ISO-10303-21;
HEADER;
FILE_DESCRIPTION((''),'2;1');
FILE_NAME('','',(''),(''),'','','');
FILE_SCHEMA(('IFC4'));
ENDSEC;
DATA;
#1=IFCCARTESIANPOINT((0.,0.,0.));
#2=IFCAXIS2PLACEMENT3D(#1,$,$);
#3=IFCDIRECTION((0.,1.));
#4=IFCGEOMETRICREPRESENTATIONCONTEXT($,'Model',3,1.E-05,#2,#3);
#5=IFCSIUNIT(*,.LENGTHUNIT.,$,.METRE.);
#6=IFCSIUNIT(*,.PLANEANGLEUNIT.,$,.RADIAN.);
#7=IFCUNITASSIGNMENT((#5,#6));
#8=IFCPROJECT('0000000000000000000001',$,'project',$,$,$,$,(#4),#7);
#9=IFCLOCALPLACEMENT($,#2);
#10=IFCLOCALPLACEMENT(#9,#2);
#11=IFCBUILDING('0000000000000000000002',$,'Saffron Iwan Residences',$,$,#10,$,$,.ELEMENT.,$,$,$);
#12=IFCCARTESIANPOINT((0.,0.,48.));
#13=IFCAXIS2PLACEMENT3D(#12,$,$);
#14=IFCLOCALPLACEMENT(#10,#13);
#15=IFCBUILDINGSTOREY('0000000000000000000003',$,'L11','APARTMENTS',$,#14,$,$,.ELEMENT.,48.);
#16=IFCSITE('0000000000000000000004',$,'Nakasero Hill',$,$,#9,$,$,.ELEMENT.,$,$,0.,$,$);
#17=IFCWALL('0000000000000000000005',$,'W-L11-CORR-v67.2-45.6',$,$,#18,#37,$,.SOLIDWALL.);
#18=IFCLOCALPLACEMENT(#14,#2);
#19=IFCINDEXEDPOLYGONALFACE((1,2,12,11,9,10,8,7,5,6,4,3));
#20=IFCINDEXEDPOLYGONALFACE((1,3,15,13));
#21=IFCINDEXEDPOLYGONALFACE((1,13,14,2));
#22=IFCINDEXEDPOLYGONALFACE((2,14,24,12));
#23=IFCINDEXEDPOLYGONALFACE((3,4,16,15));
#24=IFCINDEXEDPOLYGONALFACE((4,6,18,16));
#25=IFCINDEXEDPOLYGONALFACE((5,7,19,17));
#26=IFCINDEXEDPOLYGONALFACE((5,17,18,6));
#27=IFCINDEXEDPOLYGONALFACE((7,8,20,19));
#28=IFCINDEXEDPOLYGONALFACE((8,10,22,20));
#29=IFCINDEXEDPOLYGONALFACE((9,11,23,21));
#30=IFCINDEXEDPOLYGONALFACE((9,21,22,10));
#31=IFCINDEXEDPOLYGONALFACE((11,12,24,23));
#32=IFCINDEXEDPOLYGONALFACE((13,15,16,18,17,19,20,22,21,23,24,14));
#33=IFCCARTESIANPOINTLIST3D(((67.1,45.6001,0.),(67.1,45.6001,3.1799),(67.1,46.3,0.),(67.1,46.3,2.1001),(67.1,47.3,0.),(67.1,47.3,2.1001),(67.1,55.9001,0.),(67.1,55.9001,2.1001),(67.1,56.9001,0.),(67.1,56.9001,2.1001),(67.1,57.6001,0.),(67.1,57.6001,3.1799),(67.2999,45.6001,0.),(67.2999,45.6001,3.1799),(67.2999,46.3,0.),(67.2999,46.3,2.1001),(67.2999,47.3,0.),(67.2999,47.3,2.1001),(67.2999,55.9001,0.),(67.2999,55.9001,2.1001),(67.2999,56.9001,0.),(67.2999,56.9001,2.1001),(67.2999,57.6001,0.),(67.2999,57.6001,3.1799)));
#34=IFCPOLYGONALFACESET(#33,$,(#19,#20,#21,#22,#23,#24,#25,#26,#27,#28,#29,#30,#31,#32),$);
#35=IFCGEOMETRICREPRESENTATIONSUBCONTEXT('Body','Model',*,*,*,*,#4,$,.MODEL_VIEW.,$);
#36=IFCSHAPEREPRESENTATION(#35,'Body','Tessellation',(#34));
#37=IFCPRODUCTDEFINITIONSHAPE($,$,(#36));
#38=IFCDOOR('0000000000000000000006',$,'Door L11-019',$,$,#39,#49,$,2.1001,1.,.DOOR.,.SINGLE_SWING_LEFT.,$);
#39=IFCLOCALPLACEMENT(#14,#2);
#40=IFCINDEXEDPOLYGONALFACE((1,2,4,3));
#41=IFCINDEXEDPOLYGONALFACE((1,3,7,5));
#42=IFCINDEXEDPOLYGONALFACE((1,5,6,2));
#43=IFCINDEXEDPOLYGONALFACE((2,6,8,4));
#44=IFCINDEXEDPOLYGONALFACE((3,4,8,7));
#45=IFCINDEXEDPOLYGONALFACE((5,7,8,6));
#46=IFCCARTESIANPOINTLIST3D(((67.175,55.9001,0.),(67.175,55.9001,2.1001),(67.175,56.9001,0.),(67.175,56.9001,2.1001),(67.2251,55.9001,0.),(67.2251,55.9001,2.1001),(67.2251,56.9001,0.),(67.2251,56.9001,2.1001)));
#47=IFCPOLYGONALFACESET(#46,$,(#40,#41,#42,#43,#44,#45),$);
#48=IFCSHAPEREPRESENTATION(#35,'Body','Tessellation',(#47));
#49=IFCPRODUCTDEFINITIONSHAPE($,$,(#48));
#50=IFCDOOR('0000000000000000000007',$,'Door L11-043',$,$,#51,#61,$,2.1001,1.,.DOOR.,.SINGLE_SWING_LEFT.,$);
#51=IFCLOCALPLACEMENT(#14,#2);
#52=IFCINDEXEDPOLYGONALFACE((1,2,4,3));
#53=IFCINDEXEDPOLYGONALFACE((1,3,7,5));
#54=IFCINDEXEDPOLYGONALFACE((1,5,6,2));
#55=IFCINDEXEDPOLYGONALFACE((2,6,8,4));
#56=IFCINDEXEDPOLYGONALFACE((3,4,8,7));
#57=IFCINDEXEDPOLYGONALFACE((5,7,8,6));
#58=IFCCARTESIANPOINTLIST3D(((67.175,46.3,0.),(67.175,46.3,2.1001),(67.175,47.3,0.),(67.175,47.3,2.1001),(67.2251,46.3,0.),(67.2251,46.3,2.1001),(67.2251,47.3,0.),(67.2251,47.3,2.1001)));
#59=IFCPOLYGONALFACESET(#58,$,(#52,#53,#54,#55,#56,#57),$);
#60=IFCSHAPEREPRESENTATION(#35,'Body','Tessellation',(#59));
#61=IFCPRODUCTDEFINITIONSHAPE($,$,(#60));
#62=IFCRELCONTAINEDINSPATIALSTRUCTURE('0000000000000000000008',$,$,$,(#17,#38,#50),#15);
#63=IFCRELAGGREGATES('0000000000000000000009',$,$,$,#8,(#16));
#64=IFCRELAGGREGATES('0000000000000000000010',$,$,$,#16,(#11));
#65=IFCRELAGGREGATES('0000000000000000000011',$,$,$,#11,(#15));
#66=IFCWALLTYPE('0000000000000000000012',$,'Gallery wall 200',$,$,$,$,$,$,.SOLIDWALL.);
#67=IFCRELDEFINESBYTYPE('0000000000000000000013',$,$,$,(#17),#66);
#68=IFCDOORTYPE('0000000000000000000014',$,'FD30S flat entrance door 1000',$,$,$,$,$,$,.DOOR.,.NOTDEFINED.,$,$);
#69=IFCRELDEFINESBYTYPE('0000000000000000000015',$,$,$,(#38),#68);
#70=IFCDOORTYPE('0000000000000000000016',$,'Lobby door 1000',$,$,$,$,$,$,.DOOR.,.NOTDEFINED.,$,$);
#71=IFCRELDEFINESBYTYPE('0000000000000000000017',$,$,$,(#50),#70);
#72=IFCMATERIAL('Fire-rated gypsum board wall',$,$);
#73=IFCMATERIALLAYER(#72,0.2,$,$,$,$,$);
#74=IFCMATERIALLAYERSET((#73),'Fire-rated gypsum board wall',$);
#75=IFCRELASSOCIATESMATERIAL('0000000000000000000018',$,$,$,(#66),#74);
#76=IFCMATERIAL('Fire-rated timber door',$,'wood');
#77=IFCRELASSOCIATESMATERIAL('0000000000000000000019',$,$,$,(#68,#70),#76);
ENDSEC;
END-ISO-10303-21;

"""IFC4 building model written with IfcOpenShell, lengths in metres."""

from ifc_helpers import new_model, si_unit, direction, frame, frame_2d, origin, place, context, subcontext, project, spatial, rectangle, extrude, material, layer, layer_set, type_object, element, fill, save


model = new_model("IFC4")

# Units and contexts
model_context = context("Model", 3, precision=1e-05, world=origin(), true_north=direction((0.0, 1.0)))
body_context = subcontext(model_context, "Body", "Model", "MODEL_VIEW")
ifc_project = project(units=[si_unit("LENGTHUNIT", "METRE"), si_unit("PLANEANGLEUNIT", "RADIAN")], contexts=[model_context])

# Site, building, storey
site_placement = place(None, origin())
site = spatial("IfcSite", under=ifc_project, at=site_placement, Name="Nakasero Hill", CompositionType="ELEMENT", RefElevation=0.0)
building_placement = place(site_placement, origin())
building = spatial("IfcBuilding", under=site, at=building_placement, Name="Saffron Iwan Residences", CompositionType="ELEMENT")
storey_placement = place(building_placement, frame((0.0, 0.0, 48.0)))
storey = spatial("IfcBuildingStorey", under=building, at=storey_placement, Name="L11", Description="APARTMENTS", CompositionType="ELEMENT", Elevation=48.0)

# Shared definitions
ifc_material_1 = material(Name="Fire-rated gypsum board wall")

# Shared definitions
ifc_layer_1 = layer(ifc_material_1, 0.2)
ifc_layer_set_1 = layer_set([ifc_layer_1], Name="Fire-rated gypsum board wall")
wall_type_1 = type_object("IfcWallType", Name="Gallery wall 200", PredefinedType="SOLIDWALL", material=ifc_layer_set_1)

# Wall, openings, doors
wall_1_placement = place(storey_placement, frame((67.2, 45.6001, 0.0), z_axis=(0.0, 0.0, 1.0), x_axis=(0.0, 1.0, 0.0)))
wall_1 = element("IfcWall", 1, at=wall_1_placement, inside=storey, type_object=wall_type_1, Name="W-L11-CORR-v67.2-45.6", PredefinedType="SOLIDWALL", context=body_context, shape_type="SweptSolid", body=[
    extrude(rectangle(XDim=12.0, YDim=0.2, at=frame_2d((6.0, 0.0))), origin(), (0.0, 0.0, 1.0), 3.1799),
])
opening_1_placement = place(wall_1_placement, frame((10.3, 0.0, 0.0)))
opening_1 = element("IfcOpeningElement", 2, at=opening_1_placement, cuts=wall_1, PredefinedType="OPENING", context=body_context, shape_type="SweptSolid", body=[
    extrude(rectangle(XDim=1.0, YDim=2.1001, at=frame_2d((0.5, 1.05))), frame((0.0, 0.1099, 0.0), z_axis=(0.0, -1.0, 0.0), x_axis=(1.0, 0.0, 0.0)), (0.0, 0.0, 1.0), 0.22),
])
opening_2_placement = place(wall_1_placement, frame((0.7, 0.0, 0.0)))
opening_2 = element("IfcOpeningElement", 3, at=opening_2_placement, cuts=wall_1, PredefinedType="OPENING", context=body_context, shape_type="SweptSolid", body=[
    extrude(rectangle(XDim=1.0, YDim=2.1001, at=frame_2d((0.5, 1.05))), frame((0.0, 0.1099, 0.0), z_axis=(0.0, -1.0, 0.0), x_axis=(1.0, 0.0, 0.0)), (0.0, 0.0, 1.0), 0.22),
])
ifc_material_2 = material(Name="Fire-rated timber door", Category="wood")
door_type_1 = type_object("IfcDoorType", Name="FD30S flat entrance door 1000", OperationType="NOTDEFINED", PredefinedType="DOOR", material=ifc_material_2)
door_1_placement = place(opening_1_placement, origin())
door_1 = element("IfcDoor", 4, at=door_1_placement, inside=storey, type_object=door_type_1, Name="Door L11-019", OperationType="SINGLE_SWING_LEFT", OverallHeight=2.1001, OverallWidth=1.0, PredefinedType="DOOR", context=body_context, shape_type="SweptSolid", body=[
    extrude(rectangle(XDim=1.0, YDim=2.1001, at=frame_2d((0.5, 1.05))), frame((0.0, 0.0249, 0.0), z_axis=(0.0, -1.0, 0.0), x_axis=(1.0, 0.0, 0.0)), (0.0, 0.0, 1.0), 0.05),
])
fill(opening_1, door_1)
door_type_2 = type_object("IfcDoorType", Name="Lobby door 1000", OperationType="NOTDEFINED", PredefinedType="DOOR", material=ifc_material_2)
door_2_placement = place(opening_2_placement, origin())
door_2 = element("IfcDoor", 5, at=door_2_placement, inside=storey, type_object=door_type_2, Name="Door L11-043", OperationType="SINGLE_SWING_LEFT", OverallHeight=2.1001, OverallWidth=1.0, PredefinedType="DOOR", context=body_context, shape_type="SweptSolid", body=[
    extrude(rectangle(XDim=1.0, YDim=2.1001, at=frame_2d((0.5, 1.05))), frame((0.0, 0.0249, 0.0), z_axis=(0.0, -1.0, 0.0), x_axis=(1.0, 0.0, 0.0)), (0.0, 0.0, 1.0), 0.05),
])
fill(opening_2, door_2)

save(model, "model.ifc")
